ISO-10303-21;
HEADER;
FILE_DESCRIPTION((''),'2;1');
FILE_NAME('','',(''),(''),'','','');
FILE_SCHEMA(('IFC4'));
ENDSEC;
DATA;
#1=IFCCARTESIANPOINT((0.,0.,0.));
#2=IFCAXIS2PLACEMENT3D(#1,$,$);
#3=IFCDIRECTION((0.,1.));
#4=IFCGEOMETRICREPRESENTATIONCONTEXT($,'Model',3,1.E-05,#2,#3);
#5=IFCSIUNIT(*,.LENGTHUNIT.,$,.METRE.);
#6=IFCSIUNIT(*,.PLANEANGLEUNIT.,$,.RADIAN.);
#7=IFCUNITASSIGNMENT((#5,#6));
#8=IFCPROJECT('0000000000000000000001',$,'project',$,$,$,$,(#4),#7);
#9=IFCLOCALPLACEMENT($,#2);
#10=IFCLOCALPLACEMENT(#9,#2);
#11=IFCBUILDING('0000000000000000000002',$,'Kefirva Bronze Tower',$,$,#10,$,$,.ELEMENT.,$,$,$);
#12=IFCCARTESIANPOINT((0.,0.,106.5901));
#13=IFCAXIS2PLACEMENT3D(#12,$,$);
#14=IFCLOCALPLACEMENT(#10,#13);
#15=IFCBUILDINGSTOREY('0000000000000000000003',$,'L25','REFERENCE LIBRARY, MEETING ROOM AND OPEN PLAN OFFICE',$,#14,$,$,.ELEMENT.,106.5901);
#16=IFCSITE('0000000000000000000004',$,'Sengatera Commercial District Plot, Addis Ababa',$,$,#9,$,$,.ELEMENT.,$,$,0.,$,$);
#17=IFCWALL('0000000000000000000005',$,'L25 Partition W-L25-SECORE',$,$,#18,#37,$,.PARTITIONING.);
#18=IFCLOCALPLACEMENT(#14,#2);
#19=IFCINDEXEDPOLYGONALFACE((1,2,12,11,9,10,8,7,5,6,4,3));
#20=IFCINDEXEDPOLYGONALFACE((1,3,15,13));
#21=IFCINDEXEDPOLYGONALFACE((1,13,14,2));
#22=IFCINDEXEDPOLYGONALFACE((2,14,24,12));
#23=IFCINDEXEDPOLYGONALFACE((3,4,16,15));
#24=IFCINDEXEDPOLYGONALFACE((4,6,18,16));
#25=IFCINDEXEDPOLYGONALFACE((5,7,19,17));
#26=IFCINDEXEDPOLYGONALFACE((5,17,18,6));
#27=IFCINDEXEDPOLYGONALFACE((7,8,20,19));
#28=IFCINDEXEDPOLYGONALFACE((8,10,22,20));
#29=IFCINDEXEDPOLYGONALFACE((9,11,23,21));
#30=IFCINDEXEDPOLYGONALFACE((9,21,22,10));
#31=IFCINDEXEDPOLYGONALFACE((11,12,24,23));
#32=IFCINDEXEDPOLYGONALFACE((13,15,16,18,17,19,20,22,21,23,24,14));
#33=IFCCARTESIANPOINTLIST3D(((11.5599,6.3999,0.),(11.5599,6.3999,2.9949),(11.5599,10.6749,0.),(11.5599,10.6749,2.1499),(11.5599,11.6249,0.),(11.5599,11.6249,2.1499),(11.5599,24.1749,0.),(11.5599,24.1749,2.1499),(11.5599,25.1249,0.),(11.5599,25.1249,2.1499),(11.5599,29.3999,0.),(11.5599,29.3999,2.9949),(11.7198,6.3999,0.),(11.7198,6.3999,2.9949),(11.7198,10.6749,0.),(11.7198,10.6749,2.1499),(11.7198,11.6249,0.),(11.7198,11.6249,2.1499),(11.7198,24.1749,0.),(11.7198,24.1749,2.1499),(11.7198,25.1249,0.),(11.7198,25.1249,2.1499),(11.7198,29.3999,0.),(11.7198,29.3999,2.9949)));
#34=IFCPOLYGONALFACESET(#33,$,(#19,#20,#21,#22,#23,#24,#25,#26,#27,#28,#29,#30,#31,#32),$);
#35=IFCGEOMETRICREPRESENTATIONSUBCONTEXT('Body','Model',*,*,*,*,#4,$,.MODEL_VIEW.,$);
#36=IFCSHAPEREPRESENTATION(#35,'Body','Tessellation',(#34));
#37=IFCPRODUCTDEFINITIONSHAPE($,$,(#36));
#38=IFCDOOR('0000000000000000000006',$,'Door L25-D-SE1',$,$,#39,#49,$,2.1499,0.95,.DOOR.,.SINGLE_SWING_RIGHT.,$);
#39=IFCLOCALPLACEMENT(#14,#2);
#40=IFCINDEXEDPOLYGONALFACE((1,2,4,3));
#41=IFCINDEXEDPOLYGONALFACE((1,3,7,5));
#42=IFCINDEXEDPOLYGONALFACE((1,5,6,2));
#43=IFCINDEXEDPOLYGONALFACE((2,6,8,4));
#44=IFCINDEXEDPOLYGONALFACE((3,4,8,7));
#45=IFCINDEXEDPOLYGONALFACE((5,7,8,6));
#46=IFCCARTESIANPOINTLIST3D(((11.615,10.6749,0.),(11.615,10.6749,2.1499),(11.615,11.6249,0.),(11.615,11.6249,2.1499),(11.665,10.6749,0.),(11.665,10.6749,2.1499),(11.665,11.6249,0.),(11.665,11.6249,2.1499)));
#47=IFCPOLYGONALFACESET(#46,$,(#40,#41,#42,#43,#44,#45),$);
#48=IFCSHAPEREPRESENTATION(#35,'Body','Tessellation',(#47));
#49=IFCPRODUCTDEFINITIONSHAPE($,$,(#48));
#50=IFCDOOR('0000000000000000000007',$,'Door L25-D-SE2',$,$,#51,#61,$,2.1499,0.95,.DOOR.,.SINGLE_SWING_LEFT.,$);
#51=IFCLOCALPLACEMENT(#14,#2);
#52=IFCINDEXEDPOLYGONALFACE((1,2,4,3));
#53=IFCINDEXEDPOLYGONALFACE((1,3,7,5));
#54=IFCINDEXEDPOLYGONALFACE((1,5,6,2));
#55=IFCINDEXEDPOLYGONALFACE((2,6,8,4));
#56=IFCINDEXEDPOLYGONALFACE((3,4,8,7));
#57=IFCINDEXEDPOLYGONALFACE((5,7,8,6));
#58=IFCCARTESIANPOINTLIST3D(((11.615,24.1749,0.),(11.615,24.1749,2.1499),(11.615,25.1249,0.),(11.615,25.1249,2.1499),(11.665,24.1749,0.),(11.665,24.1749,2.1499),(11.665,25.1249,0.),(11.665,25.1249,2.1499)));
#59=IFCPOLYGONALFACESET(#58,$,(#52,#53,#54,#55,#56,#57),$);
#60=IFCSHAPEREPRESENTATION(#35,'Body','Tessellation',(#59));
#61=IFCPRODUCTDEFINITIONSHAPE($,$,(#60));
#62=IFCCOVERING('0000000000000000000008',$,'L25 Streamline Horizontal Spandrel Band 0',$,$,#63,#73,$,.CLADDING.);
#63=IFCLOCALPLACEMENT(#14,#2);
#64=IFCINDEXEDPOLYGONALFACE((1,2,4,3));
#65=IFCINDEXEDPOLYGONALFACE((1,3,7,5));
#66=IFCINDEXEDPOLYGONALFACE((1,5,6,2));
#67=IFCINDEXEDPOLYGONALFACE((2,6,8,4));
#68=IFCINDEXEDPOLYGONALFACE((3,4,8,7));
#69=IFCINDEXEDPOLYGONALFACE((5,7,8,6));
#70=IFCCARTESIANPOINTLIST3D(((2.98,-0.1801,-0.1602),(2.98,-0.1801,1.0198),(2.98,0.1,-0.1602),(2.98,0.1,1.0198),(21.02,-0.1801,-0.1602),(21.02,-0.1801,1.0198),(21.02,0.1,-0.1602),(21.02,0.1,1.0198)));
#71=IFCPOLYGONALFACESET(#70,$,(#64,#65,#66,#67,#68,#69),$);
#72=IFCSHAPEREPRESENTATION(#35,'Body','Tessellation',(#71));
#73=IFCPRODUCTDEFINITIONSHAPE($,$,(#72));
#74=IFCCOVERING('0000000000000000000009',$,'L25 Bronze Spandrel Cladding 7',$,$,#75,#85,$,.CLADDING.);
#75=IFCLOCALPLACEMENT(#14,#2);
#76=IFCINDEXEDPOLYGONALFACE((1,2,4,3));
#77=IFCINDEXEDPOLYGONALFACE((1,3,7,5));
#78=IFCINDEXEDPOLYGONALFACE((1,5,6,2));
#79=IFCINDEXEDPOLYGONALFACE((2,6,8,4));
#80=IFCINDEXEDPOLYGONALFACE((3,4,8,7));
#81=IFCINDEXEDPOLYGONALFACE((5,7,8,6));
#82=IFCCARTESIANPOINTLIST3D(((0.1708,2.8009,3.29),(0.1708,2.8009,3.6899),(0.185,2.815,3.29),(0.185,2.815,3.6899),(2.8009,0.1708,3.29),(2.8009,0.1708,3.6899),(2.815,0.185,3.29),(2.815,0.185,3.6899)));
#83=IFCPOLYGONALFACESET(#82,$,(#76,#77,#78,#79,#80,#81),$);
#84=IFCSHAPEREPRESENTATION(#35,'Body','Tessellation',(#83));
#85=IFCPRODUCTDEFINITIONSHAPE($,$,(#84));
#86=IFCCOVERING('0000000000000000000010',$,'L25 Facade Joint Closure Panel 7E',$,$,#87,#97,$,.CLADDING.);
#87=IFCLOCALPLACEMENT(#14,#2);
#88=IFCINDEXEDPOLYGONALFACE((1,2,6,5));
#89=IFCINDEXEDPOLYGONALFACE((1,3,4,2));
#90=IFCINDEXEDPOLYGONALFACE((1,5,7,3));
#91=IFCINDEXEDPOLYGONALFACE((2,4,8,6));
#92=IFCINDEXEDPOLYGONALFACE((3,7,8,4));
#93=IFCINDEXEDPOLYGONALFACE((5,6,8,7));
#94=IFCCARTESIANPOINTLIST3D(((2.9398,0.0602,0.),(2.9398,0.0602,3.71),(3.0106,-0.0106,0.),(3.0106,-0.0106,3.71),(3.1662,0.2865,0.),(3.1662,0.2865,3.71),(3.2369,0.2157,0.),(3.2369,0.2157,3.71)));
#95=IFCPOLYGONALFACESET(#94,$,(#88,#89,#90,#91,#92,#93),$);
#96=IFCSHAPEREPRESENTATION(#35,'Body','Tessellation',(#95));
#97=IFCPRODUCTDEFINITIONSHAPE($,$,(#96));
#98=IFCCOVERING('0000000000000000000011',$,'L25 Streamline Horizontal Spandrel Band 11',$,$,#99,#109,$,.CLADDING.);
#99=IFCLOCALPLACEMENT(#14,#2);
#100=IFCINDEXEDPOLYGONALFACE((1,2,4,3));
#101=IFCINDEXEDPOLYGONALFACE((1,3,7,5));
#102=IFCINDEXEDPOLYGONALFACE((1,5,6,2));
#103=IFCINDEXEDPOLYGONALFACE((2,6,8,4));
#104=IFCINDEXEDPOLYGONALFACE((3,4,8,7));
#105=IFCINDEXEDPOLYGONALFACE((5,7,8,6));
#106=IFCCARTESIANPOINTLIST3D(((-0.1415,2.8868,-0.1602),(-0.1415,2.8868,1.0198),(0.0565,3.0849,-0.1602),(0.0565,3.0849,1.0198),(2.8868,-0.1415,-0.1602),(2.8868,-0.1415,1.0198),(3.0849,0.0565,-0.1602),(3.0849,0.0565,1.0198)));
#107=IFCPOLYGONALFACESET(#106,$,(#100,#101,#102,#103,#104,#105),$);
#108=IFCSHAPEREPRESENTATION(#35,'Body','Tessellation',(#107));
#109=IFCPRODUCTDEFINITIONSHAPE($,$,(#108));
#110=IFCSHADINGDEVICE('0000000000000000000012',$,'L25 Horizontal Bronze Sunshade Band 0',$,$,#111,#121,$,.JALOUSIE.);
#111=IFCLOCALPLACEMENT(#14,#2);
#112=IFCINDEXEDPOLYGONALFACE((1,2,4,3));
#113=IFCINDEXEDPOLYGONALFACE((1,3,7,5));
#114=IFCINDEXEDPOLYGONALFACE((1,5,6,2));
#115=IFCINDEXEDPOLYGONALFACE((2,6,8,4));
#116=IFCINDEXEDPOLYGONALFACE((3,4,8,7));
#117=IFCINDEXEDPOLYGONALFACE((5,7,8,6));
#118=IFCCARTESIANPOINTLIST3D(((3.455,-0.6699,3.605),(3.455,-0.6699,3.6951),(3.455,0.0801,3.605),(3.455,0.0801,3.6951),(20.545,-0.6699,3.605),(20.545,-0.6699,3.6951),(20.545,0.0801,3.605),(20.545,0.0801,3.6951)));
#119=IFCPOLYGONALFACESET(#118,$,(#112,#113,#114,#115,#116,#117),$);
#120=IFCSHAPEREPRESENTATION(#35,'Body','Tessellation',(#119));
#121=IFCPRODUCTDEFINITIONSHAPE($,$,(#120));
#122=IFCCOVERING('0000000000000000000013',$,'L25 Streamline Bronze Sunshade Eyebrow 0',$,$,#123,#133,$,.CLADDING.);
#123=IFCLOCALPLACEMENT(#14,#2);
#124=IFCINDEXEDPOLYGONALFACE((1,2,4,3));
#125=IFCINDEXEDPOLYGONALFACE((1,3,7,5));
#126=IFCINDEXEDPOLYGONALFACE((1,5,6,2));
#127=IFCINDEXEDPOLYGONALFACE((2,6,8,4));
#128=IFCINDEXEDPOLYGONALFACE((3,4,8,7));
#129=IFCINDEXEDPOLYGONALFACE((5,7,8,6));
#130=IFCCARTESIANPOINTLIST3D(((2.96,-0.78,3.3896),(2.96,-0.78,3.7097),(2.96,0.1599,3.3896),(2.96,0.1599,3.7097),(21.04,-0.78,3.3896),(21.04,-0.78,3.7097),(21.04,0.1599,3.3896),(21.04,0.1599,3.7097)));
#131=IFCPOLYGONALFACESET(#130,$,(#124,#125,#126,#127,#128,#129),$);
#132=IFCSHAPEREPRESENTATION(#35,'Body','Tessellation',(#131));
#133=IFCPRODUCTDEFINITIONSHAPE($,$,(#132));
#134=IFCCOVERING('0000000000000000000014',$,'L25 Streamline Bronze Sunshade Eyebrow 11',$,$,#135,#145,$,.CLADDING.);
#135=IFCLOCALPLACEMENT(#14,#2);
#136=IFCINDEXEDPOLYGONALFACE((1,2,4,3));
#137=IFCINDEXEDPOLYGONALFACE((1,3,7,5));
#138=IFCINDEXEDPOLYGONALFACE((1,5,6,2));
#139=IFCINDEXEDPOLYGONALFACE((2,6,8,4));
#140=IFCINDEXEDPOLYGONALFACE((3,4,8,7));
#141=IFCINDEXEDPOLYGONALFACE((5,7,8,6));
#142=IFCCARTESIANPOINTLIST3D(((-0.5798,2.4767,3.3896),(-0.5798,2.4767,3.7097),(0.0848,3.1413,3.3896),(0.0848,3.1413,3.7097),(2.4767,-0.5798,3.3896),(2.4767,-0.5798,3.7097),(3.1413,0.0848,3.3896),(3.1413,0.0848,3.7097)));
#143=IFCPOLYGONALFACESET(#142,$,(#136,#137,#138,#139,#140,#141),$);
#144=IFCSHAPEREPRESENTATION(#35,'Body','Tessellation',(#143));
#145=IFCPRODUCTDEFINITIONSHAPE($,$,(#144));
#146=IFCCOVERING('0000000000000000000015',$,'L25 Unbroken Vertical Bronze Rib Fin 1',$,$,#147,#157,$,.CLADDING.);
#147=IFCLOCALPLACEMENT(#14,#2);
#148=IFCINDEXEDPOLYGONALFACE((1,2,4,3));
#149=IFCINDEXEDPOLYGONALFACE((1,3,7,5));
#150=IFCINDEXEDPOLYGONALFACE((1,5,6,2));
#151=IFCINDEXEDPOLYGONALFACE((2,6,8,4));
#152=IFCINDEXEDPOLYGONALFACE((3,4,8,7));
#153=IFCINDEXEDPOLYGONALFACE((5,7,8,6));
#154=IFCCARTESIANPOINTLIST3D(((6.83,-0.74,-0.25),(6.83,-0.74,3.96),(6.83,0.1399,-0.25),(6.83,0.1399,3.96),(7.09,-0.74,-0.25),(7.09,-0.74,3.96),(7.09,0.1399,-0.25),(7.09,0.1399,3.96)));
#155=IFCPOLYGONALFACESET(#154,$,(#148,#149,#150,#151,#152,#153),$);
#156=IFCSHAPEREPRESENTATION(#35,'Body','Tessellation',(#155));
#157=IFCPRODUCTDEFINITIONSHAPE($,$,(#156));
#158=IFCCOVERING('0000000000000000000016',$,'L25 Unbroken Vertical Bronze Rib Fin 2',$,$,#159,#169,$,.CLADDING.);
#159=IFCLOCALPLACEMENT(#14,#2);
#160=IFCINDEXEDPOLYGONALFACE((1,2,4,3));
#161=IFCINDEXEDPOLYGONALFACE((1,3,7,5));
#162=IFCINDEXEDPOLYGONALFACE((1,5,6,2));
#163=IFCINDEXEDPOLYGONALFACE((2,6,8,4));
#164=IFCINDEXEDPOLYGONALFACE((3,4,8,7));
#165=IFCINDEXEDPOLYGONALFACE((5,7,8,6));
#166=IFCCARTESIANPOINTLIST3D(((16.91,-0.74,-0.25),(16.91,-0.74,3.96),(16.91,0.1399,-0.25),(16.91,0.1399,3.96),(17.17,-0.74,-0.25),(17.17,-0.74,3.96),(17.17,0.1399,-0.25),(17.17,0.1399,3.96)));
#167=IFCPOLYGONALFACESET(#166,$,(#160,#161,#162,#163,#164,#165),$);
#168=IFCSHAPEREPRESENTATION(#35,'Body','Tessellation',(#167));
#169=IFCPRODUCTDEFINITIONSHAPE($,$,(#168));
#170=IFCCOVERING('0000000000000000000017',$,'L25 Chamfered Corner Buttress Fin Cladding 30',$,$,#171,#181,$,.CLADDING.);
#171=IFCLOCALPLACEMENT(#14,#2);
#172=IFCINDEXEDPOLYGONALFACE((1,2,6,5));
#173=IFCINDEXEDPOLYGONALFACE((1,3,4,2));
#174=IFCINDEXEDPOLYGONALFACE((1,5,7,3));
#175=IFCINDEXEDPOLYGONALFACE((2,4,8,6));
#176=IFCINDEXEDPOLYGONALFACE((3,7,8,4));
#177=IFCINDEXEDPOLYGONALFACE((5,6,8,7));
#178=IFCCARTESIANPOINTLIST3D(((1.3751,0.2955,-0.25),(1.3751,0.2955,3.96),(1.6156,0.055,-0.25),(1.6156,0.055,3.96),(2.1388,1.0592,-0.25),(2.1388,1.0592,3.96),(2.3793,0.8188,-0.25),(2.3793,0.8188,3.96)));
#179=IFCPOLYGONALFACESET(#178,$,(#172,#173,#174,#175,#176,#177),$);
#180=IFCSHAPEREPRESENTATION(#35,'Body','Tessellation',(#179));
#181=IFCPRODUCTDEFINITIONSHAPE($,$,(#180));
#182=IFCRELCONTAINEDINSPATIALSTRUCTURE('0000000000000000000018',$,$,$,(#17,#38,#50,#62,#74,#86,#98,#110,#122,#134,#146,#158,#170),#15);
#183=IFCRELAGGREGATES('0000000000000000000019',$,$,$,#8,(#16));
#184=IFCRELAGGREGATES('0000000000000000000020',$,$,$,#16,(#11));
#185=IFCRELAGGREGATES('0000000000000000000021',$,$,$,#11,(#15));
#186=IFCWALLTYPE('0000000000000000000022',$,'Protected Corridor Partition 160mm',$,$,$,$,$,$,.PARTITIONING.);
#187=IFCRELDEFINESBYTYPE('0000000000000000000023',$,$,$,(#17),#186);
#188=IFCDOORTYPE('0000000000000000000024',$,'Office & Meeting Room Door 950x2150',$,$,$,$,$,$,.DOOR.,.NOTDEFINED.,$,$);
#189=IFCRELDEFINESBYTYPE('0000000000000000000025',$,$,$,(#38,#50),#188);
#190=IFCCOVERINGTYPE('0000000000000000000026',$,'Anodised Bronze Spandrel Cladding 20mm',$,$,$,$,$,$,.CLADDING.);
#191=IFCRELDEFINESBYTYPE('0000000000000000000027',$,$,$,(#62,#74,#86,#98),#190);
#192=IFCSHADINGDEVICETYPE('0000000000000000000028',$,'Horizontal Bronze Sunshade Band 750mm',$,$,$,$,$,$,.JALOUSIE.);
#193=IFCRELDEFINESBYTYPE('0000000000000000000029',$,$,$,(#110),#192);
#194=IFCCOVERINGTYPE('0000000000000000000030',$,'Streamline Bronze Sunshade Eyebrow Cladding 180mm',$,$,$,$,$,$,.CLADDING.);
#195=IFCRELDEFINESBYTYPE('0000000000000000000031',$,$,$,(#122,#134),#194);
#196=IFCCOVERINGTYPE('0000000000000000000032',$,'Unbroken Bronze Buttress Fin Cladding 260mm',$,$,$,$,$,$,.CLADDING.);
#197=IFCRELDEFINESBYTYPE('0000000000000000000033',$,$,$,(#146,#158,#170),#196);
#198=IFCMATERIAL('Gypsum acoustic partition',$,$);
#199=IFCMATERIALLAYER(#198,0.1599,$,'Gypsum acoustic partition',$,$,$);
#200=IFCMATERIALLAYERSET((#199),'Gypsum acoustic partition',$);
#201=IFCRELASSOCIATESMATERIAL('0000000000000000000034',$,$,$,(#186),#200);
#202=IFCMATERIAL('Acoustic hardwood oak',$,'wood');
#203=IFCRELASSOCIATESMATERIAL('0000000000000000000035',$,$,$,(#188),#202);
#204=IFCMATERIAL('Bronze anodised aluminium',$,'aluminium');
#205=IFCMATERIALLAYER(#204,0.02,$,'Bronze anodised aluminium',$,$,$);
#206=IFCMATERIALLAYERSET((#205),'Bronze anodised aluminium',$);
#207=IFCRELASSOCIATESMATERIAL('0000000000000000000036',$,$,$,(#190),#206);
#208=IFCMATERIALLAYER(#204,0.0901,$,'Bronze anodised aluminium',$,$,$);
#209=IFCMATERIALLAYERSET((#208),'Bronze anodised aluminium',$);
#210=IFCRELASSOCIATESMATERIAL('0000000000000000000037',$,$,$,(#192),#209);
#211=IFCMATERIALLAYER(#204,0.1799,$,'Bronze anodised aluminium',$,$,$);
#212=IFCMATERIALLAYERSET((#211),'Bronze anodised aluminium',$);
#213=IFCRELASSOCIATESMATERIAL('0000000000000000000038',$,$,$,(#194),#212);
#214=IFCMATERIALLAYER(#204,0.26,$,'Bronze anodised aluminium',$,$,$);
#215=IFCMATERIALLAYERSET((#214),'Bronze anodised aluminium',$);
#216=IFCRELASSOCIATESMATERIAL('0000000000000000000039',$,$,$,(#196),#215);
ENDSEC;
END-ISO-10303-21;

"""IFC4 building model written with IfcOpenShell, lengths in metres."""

from ifc_helpers import new_model, si_unit, direction, frame, frame_2d, origin, origin_2d, place, context, subcontext, project, spatial, rectangle, extrude, material, layer, layer_set, type_object, element, fill, save


model = new_model("IFC4")

# Units and contexts
model_context = context("Model", 3, precision=1e-05, world=origin(), true_north=direction((0.0, 1.0)))
body_context = subcontext(model_context, "Body", "Model", "MODEL_VIEW")
ifc_project = project(units=[si_unit("LENGTHUNIT", "METRE"), si_unit("PLANEANGLEUNIT", "RADIAN")], contexts=[model_context])

# Site, building, storey
site_placement = place(None, origin())
site = spatial("IfcSite", under=ifc_project, at=site_placement, Name="Sengatera Commercial District Plot, Addis Ababa", CompositionType="ELEMENT", RefElevation=0.0)
building_placement = place(site_placement, origin())
building = spatial("IfcBuilding", under=site, at=building_placement, Name="Kefirva Bronze Tower", CompositionType="ELEMENT")
storey_placement = place(building_placement, frame((0.0, 0.0, 106.5901)))
storey = spatial("IfcBuildingStorey", under=building, at=storey_placement, Name="L25", Description="REFERENCE LIBRARY, MEETING ROOM AND OPEN PLAN OFFICE", CompositionType="ELEMENT", Elevation=106.5901)

# Shared definitions
ifc_material_1 = material(Name="Bronze anodised aluminium", Category="aluminium")

# Shared definitions
ifc_material_2 = material(Name="Gypsum acoustic partition")

# Wall, openings, doors
ifc_layer_1 = layer(ifc_material_2, 0.1599, Name="Gypsum acoustic partition")
ifc_layer_set_1 = layer_set([ifc_layer_1], Name="Gypsum acoustic partition")
wall_type_1 = type_object("IfcWallType", Name="Protected Corridor Partition 160mm", PredefinedType="PARTITIONING", material=ifc_layer_set_1)
ifc_material_3 = material(Name="Acoustic hardwood oak", Category="wood")
door_type = type_object("IfcDoorType", Name="Office & Meeting Room Door 950x2150", OperationType="NOTDEFINED", PredefinedType="DOOR", material=ifc_material_3)
wall_1_placement = place(storey_placement, frame((11.6399, 6.3999, 0.0), z_axis=(0.0, 0.0, 1.0), x_axis=(0.0, 1.0, 0.0)))
wall_1 = element("IfcWall", 1, at=wall_1_placement, inside=storey, type_object=wall_type_1, Name="L25 Partition W-L25-SECORE", PredefinedType="PARTITIONING", context=body_context, shape_type="SweptSolid", body=[
    extrude(rectangle(XDim=23.0, YDim=0.1599, at=frame_2d((11.5, 0.0))), origin(), (0.0, 0.0, 1.0), 2.9949),
])
opening_1_placement = place(wall_1_placement, frame((4.2749, 0.0, 0.0)))
opening_1 = element("IfcOpeningElement", 2, at=opening_1_placement, cuts=wall_1, PredefinedType="OPENING", context=body_context, shape_type="SweptSolid", body=[
    extrude(rectangle(XDim=0.95, YDim=2.1499, at=frame_2d((0.4751, 1.075))), frame((0.0, 0.0898, 0.0), z_axis=(0.0, -1.0, 0.0), x_axis=(1.0, 0.0, 0.0)), (0.0, 0.0, 1.0), 0.1799),
])
opening_2_placement = place(wall_1_placement, frame((17.7749, 0.0, 0.0)))
opening_2 = element("IfcOpeningElement", 3, at=opening_2_placement, cuts=wall_1, PredefinedType="OPENING", context=body_context, shape_type="SweptSolid", body=[
    extrude(rectangle(XDim=0.95, YDim=2.1499, at=frame_2d((0.4751, 1.075))), frame((0.0, 0.0898, 0.0), z_axis=(0.0, -1.0, 0.0), x_axis=(1.0, 0.0, 0.0)), (0.0, 0.0, 1.0), 0.1799),
])
door_1_placement = place(opening_1_placement, origin())
door_1 = element("IfcDoor", 4, at=door_1_placement, inside=storey, type_object=door_type, Name="Door L25-D-SE1", OperationType="SINGLE_SWING_RIGHT", OverallHeight=2.1499, OverallWidth=0.95, PredefinedType="DOOR", context=body_context, shape_type="SweptSolid", body=[
    extrude(rectangle(XDim=0.95, YDim=2.1499, at=frame_2d((0.4751, 1.075))), frame((0.0, 0.0249, 0.0), z_axis=(0.0, -1.0, 0.0), x_axis=(1.0, 0.0, 0.0)), (0.0, 0.0, 1.0), 0.05),
])
fill(opening_1, door_1)
door_2_placement = place(opening_2_placement, origin())
door_2 = element("IfcDoor", 5, at=door_2_placement, inside=storey, type_object=door_type, Name="Door L25-D-SE2", OperationType="SINGLE_SWING_LEFT", OverallHeight=2.1499, OverallWidth=0.95, PredefinedType="DOOR", context=body_context, shape_type="SweptSolid", body=[
    extrude(rectangle(XDim=0.95, YDim=2.1499, at=frame_2d((0.4751, 1.075))), frame((0.0, 0.0249, 0.0), z_axis=(0.0, -1.0, 0.0), x_axis=(1.0, 0.0, 0.0)), (0.0, 0.0, 1.0), 0.05),
])
fill(opening_2, door_2)

# Coverings
ifc_layer_2 = layer(ifc_material_1, 0.02, Name="Bronze anodised aluminium")
ifc_layer_set_2 = layer_set([ifc_layer_2], Name="Bronze anodised aluminium")
covering_type_1 = type_object("IfcCoveringType", Name="Anodised Bronze Spandrel Cladding 20mm", PredefinedType="CLADDING", material=ifc_layer_set_2)
covering_1_placement = place(storey_placement, frame((12.0, -0.04, -0.1602), z_axis=(0.0, 0.0, 1.0), x_axis=(1.0, 0.0, 0.0)))
element("IfcCovering", 6, at=covering_1_placement, inside=storey, type_object=covering_type_1, Name="L25 Streamline Horizontal Spandrel Band 0", PredefinedType="CLADDING", context=body_context, shape_type="SweptSolid", body=[
    extrude(rectangle(XDim=18.04, YDim=0.28, at=origin_2d()), origin(), (0.0, 0.0, 1.0), 1.1799),
])
covering_2_placement = place(storey_placement, frame((1.4929, 1.4929, 3.29), z_axis=(0.0, 0.0, 1.0), x_axis=(0.707107, -0.707107, 0.0)))
element("IfcCovering", 7, at=covering_2_placement, inside=storey, type_object=covering_type_1, Name="L25 Bronze Spandrel Cladding 7", PredefinedType="CLADDING", context=body_context, shape_type="SweptSolid", body=[
    extrude(rectangle(XDim=3.7195, YDim=0.02, at=origin_2d()), origin(), (0.0, 0.0, 1.0), 0.3999),
])
covering_3_placement = place(storey_placement, frame((3.0884, 0.1379, 0.0), z_axis=(0.0, 0.0, 1.0), x_axis=(0.707107, -0.707107, 0.0)))
element("IfcCovering", 8, at=covering_3_placement, inside=storey, type_object=covering_type_1, Name="L25 Facade Joint Closure Panel 7E", PredefinedType="CLADDING", context=body_context, shape_type="SweptSolid", body=[
    extrude(rectangle(XDim=0.1001, YDim=0.3201, at=origin_2d()), origin(), (0.0, 0.0, 1.0), 3.71),
])
covering_4_placement = place(storey_placement, frame((1.4717, 1.4717, -0.1602), z_axis=(0.0, 0.0, 1.0), x_axis=(0.707107, -0.707107, 0.0)))
element("IfcCovering", 9, at=covering_4_placement, inside=storey, type_object=covering_type_1, Name="L25 Streamline Horizontal Spandrel Band 11", PredefinedType="CLADDING", context=body_context, shape_type="SweptSolid", body=[
    extrude(rectangle(XDim=4.2827, YDim=0.28, at=origin_2d()), origin(), (0.0, 0.0, 1.0), 1.1799),
])

# Shading device
ifc_layer_3 = layer(ifc_material_1, 0.0901, Name="Bronze anodised aluminium")
ifc_layer_set_3 = layer_set([ifc_layer_3], Name="Bronze anodised aluminium")
shading_device_type = type_object("IfcShadingDeviceType", Name="Horizontal Bronze Sunshade Band 750mm", PredefinedType="JALOUSIE", material=ifc_layer_set_3)
shading_device_placement = place(storey_placement, frame((12.0, -0.2949, 3.605), z_axis=(0.0, 0.0, 1.0), x_axis=(1.0, 0.0, 0.0)))
element("IfcShadingDevice", 10, at=shading_device_placement, inside=storey, type_object=shading_device_type, Name="L25 Horizontal Bronze Sunshade Band 0", PredefinedType="JALOUSIE", context=body_context, shape_type="SweptSolid", body=[
    extrude(rectangle(XDim=17.0901, YDim=0.75, at=origin_2d()), origin(), (0.0, 0.0, 1.0), 0.0901),
])

# Coverings
ifc_layer_4 = layer(ifc_material_1, 0.1799, Name="Bronze anodised aluminium")
ifc_layer_set_4 = layer_set([ifc_layer_4], Name="Bronze anodised aluminium")
covering_type_2 = type_object("IfcCoveringType", Name="Streamline Bronze Sunshade Eyebrow Cladding 180mm", PredefinedType="CLADDING", material=ifc_layer_set_4)
covering_5_placement = place(storey_placement, frame((12.0, -0.3101, 3.3896), z_axis=(0.0, 0.0, 1.0), x_axis=(1.0, 0.0, 0.0)))
element("IfcCovering", 11, at=covering_5_placement, inside=storey, type_object=covering_type_2, Name="L25 Streamline Bronze Sunshade Eyebrow 0", PredefinedType="CLADDING", context=body_context, shape_type="SweptSolid", body=[
    extrude(rectangle(XDim=18.0801, YDim=0.9399, at=origin_2d()), origin(), (0.0, 0.0, 1.0), 0.3201),
])
covering_6_placement = place(storey_placement, frame((1.2808, 1.2808, 3.3896), z_axis=(0.0, 0.0, 1.0), x_axis=(0.707107, -0.707107, 0.0)))
element("IfcCovering", 12, at=covering_6_placement, inside=storey, type_object=covering_type_2, Name="L25 Streamline Bronze Sunshade Eyebrow 11", PredefinedType="CLADDING", context=body_context, shape_type="SweptSolid", body=[
    extrude(rectangle(XDim=4.3225, YDim=0.9399, at=origin_2d()), origin(), (0.0, 0.0, 1.0), 0.3201),
])
ifc_layer_5 = layer(ifc_material_1, 0.26, Name="Bronze anodised aluminium")
ifc_layer_set_5 = layer_set([ifc_layer_5], Name="Bronze anodised aluminium")
covering_type_3 = type_object("IfcCoveringType", Name="Unbroken Bronze Buttress Fin Cladding 260mm", PredefinedType="CLADDING", material=ifc_layer_set_5)
for number, where, z_axis, x_axis, name in (
    (13, (6.96, -0.3, -0.25), (0.0, 0.0, 1.0), (1.0, 0.0, 0.0), "L25 Unbroken Vertical Bronze Rib Fin 1"),
    (14, (17.04, -0.3, -0.25), (0.0, 0.0, 1.0), (1.0, 0.0, 0.0), "L25 Unbroken Vertical Bronze Rib Fin 2"),
):
    element("IfcCovering", number, at=place(storey_placement, frame(where, z_axis=z_axis, x_axis=x_axis)), inside=storey, type_object=covering_type_3, Name=name, PredefinedType="CLADDING", context=body_context, shape_type="SweptSolid", body=[
        extrude(rectangle(XDim=0.26, YDim=0.8799, at=origin_2d()), origin(), (0.0, 0.0, 1.0), 4.21),
    ])
covering_7_placement = place(storey_placement, frame((1.8772, 0.5571, -0.25), z_axis=(0.0, 0.0, 1.0), x_axis=(0.707107, -0.707107, 0.0)))
element("IfcCovering", 15, at=covering_7_placement, inside=storey, type_object=covering_type_3, Name="L25 Chamfered Corner Buttress Fin Cladding 30", PredefinedType="CLADDING", context=body_context, shape_type="SweptSolid", body=[
    extrude(rectangle(XDim=0.3401, YDim=1.0801, at=origin_2d()), origin(), (0.0, 0.0, 1.0), 4.21),
])

save(model, "model.ifc")
